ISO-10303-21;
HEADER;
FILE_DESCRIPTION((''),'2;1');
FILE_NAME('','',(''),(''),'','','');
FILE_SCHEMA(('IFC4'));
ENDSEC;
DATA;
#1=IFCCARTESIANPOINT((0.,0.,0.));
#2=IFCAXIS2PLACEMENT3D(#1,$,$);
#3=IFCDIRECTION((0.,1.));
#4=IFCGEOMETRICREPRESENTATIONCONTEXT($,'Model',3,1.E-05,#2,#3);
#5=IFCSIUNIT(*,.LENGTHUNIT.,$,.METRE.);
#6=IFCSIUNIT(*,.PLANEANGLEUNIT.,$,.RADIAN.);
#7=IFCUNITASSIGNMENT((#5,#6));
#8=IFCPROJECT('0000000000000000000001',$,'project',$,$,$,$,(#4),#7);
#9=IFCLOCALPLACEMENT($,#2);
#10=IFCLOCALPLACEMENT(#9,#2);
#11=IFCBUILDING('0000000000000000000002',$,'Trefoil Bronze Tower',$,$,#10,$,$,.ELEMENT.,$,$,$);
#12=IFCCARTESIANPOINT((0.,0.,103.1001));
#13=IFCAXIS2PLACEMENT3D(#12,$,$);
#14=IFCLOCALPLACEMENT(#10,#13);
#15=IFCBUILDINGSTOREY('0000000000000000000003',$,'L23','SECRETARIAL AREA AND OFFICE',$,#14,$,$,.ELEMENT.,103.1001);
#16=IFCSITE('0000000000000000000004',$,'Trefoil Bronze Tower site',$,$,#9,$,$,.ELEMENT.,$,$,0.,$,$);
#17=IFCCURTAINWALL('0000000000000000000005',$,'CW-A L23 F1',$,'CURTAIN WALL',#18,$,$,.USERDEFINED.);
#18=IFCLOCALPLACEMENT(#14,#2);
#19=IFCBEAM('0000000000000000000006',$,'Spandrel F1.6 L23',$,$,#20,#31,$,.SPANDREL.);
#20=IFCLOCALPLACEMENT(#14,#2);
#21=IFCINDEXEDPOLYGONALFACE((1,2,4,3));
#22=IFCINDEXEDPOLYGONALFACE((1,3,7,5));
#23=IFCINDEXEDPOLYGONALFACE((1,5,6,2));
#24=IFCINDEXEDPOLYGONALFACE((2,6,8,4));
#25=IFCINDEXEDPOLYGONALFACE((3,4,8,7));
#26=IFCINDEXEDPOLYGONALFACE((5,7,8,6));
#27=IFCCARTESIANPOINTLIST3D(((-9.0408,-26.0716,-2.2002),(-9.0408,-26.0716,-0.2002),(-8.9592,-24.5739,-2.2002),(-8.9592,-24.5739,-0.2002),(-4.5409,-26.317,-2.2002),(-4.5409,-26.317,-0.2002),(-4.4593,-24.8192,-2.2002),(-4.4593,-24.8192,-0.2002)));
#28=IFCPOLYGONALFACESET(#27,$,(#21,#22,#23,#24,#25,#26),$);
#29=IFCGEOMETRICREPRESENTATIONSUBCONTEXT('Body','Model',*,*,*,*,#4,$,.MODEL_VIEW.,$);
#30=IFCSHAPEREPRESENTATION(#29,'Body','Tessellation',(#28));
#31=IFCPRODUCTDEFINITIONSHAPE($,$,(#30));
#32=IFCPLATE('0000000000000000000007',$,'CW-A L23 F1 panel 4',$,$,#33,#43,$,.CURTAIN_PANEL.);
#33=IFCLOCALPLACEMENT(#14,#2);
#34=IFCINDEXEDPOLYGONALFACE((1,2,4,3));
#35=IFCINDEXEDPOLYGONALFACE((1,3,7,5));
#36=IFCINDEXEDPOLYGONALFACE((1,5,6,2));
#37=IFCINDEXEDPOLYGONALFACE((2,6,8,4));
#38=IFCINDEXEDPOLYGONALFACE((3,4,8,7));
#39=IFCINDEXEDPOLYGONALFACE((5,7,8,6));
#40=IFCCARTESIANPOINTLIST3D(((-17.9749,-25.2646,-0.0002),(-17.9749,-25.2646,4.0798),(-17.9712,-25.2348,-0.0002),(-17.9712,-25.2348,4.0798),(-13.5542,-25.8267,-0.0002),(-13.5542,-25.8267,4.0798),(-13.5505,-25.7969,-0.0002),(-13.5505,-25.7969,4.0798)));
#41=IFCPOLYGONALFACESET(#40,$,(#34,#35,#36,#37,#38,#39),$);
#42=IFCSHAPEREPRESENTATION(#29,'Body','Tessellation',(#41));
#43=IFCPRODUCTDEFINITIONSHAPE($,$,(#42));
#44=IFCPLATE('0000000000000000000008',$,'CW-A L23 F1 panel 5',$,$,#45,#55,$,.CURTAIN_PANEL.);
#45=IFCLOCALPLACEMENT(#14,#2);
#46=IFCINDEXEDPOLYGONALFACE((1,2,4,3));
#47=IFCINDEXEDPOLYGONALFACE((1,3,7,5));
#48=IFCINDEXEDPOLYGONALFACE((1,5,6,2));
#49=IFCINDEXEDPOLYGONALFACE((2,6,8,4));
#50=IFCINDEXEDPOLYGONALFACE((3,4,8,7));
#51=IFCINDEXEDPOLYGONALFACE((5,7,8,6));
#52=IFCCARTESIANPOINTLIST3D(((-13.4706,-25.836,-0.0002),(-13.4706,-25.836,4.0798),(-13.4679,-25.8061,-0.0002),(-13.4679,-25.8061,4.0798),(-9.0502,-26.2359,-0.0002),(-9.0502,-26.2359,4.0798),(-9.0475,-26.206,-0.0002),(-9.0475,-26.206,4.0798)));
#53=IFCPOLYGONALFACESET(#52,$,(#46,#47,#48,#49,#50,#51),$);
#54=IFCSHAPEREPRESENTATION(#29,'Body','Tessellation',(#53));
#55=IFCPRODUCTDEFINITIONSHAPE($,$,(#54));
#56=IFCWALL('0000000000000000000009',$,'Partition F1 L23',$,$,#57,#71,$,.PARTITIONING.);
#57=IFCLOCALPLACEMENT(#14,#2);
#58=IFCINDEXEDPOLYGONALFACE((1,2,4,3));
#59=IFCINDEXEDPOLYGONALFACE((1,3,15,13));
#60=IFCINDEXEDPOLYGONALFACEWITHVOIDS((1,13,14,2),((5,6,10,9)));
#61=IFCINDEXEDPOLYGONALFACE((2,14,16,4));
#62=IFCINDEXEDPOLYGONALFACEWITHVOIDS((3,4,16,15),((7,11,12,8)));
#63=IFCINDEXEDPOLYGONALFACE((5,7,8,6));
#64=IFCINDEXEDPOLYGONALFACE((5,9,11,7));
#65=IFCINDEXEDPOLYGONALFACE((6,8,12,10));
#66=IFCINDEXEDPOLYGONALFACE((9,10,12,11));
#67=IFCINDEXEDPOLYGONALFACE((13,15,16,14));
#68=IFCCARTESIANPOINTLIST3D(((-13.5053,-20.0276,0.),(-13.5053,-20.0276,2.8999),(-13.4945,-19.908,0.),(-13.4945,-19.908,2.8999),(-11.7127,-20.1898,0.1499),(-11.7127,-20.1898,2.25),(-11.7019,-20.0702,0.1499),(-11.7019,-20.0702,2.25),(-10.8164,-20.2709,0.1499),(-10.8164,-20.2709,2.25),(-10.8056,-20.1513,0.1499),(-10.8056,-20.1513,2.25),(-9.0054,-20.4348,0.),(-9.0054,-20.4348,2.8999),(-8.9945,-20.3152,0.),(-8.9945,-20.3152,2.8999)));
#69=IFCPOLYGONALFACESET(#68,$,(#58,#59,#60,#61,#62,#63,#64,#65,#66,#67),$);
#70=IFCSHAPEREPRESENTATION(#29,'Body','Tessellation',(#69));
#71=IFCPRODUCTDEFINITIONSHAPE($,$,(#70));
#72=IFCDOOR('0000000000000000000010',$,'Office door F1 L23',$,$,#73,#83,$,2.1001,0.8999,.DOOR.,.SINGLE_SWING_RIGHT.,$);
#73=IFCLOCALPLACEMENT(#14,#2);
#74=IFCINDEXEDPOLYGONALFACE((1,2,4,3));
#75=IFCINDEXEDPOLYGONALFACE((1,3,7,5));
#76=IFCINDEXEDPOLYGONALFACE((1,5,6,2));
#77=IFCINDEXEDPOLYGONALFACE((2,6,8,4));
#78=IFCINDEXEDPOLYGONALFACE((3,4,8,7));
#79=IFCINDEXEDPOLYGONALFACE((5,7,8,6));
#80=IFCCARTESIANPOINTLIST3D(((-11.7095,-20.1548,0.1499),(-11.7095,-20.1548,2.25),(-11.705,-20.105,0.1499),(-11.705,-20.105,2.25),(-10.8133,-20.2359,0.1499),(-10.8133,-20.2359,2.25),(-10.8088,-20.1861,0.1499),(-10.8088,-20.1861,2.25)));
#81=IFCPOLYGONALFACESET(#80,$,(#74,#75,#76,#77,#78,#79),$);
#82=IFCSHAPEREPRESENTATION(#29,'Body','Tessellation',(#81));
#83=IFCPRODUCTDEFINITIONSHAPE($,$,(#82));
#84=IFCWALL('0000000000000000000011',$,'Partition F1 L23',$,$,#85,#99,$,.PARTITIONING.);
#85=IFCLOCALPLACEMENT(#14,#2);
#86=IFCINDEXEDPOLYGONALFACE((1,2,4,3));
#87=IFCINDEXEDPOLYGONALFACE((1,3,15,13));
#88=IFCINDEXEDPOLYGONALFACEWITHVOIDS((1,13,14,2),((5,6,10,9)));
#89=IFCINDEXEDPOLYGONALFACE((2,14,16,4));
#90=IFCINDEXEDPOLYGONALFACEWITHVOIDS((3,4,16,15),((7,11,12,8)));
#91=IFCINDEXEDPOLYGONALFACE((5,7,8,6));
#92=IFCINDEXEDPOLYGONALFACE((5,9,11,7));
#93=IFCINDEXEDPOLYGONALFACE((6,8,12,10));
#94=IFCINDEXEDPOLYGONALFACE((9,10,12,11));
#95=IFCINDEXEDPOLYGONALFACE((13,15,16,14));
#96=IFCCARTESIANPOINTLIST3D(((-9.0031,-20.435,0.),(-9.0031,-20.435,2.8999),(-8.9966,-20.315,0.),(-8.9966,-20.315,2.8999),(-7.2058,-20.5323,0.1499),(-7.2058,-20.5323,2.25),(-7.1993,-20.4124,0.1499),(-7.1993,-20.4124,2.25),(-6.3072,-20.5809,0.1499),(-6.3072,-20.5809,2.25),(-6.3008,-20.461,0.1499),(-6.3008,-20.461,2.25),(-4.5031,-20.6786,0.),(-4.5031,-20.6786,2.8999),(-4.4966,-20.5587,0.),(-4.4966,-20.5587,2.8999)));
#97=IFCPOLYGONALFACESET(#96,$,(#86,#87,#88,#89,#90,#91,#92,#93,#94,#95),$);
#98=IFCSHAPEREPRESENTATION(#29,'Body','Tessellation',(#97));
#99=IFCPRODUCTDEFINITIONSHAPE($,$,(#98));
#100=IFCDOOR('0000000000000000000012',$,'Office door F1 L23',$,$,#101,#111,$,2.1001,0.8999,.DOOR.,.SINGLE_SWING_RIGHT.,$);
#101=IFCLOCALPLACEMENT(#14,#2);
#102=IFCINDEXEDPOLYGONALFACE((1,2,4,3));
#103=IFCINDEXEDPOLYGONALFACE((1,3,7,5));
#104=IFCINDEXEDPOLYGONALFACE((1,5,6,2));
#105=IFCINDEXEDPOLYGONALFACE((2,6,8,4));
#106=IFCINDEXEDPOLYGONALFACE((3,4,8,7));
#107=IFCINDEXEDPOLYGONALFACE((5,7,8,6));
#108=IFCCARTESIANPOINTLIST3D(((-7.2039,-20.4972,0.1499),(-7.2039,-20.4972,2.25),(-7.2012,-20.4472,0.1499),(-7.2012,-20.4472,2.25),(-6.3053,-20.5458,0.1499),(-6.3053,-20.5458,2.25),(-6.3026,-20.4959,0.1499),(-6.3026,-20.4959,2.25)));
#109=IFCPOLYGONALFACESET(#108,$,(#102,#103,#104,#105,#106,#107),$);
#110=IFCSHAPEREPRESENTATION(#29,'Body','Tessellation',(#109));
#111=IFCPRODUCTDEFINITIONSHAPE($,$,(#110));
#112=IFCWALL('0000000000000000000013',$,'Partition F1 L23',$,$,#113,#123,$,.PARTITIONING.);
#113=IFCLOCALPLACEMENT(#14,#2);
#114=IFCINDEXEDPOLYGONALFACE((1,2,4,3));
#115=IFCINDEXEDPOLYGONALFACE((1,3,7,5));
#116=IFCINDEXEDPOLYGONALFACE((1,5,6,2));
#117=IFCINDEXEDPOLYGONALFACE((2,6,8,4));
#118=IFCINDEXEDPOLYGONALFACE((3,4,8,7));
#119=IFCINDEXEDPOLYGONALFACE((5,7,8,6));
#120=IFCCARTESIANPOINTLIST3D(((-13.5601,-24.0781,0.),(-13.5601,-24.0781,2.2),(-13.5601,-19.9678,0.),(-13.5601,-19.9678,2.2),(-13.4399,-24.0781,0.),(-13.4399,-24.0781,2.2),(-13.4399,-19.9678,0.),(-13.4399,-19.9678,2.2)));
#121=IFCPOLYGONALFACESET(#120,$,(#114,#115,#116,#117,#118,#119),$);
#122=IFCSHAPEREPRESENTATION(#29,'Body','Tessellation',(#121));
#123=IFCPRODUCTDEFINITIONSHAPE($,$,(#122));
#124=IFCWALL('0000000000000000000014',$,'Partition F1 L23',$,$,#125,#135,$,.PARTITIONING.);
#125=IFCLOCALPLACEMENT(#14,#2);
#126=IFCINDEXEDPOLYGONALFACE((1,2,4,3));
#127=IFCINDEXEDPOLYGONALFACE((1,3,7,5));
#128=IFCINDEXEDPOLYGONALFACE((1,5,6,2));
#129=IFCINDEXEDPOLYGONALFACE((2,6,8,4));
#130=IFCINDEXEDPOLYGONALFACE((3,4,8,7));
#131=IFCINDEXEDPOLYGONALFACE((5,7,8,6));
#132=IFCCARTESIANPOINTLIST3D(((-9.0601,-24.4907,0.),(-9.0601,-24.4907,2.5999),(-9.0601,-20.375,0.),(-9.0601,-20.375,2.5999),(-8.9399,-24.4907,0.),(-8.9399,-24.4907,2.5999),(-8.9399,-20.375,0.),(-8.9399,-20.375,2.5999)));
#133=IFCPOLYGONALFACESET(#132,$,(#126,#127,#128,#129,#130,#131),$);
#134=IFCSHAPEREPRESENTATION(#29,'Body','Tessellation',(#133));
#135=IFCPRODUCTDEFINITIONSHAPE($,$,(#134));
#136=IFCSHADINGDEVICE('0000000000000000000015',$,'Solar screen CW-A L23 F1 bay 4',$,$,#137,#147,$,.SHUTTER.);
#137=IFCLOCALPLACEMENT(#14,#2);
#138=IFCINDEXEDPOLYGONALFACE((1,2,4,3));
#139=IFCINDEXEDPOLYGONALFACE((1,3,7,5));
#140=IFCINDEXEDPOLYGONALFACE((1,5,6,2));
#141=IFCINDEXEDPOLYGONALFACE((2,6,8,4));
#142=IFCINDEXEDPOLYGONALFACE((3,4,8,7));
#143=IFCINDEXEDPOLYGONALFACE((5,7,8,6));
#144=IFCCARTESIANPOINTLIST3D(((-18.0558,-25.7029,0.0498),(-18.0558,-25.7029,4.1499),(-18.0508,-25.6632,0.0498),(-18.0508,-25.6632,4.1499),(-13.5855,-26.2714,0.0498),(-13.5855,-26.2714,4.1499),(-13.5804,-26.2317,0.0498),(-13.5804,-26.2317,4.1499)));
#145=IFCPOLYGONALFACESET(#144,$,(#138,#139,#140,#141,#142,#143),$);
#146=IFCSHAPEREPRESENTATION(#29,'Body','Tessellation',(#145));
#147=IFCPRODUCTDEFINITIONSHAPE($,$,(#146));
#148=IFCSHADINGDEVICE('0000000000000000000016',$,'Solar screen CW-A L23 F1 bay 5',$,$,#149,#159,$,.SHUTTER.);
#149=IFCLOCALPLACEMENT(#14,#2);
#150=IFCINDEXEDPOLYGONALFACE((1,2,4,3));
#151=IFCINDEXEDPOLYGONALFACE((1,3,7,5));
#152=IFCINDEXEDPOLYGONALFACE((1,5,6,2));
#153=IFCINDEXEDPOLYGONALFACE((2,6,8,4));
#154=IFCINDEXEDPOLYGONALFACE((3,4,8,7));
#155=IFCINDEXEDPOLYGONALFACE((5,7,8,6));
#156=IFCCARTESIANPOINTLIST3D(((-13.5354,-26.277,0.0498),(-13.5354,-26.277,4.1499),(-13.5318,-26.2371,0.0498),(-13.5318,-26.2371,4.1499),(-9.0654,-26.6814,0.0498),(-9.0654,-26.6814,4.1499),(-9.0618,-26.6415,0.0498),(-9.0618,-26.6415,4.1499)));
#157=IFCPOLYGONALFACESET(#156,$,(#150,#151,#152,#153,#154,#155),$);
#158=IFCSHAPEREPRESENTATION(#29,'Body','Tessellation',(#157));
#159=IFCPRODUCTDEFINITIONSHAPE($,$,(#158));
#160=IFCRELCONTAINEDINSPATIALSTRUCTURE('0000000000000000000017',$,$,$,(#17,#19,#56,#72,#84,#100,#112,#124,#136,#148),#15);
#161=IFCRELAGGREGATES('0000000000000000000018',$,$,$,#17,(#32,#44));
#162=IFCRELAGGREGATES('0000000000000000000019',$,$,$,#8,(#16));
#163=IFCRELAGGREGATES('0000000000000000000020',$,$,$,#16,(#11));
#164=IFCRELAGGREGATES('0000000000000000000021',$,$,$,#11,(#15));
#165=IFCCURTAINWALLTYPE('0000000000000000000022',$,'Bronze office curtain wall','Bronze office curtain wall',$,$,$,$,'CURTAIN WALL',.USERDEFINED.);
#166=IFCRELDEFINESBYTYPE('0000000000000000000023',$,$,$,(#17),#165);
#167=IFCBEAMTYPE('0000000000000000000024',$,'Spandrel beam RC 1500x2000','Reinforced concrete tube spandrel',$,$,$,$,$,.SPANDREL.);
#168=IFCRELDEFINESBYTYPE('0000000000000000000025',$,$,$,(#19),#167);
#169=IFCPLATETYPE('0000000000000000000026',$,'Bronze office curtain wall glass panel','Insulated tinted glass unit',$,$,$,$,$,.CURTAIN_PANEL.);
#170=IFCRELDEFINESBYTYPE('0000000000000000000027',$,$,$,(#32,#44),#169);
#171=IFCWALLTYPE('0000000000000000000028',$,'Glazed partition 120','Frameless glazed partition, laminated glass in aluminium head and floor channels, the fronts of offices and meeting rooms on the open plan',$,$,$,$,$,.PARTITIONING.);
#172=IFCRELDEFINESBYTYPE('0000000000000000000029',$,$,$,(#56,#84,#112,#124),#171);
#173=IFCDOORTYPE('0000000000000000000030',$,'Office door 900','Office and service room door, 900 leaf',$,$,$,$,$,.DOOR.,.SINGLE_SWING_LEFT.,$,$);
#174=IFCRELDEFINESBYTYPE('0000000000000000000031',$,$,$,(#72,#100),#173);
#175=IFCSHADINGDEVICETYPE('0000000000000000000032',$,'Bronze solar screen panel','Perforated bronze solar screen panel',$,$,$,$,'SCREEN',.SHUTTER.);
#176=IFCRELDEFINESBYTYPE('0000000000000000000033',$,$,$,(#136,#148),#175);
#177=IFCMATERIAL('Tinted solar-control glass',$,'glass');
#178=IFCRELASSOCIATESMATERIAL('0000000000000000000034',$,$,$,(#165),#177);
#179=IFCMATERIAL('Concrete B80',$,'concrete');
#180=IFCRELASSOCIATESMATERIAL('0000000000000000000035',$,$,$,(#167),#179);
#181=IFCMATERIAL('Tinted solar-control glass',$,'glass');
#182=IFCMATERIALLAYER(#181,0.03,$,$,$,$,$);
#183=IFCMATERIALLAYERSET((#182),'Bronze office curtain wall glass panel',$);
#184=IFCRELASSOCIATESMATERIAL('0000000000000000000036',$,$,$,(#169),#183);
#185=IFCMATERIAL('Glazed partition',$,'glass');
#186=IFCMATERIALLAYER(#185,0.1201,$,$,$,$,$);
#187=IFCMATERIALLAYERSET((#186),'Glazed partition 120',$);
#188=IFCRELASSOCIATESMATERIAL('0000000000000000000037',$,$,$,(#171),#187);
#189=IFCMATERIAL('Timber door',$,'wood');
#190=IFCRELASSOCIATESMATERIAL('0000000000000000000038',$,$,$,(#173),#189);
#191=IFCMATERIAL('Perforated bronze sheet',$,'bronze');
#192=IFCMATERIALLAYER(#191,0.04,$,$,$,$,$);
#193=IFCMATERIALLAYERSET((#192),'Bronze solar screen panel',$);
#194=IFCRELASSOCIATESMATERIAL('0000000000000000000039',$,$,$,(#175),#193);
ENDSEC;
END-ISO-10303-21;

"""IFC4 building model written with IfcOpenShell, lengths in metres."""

from ifc_helpers import new_model, si_unit, direction, frame, frame_2d, origin, origin_2d, place, context, subcontext, project, spatial, rectangle, extrude, material, layer, layer_set, material_profile, profile_set, type_object, element, fill, aggregate, save


model = new_model("IFC4")

# Units and contexts
model_context = context("Model", 3, precision=1e-05, world=origin(), true_north=direction((0.0, 1.0)))
body_context = subcontext(model_context, "Body", "Model", "MODEL_VIEW")
ifc_project = project(units=[si_unit("LENGTHUNIT", "METRE"), si_unit("PLANEANGLEUNIT", "RADIAN")], contexts=[model_context])

# Site, building, storey
site_placement = place(None, origin())
site = spatial("IfcSite", under=ifc_project, at=site_placement, Name="Trefoil Bronze Tower site", CompositionType="ELEMENT", RefElevation=0.0)
building_placement = place(site_placement, origin())
building = spatial("IfcBuilding", under=site, at=building_placement, Name="Trefoil Bronze Tower", CompositionType="ELEMENT")
storey_placement = place(building_placement, frame((0.0, 0.0, 103.1001)))
storey = spatial("IfcBuildingStorey", under=building, at=storey_placement, Name="L23", Description="SECRETARIAL AREA AND OFFICE", CompositionType="ELEMENT", Elevation=103.1001)

# Curtain wall
ifc_material_1 = material(Name="Tinted solar-control glass", Category="glass")
curtain_wall_type = type_object("IfcCurtainWallType", Name="Bronze office curtain wall", Description="Bronze office curtain wall", ElementType="CURTAIN WALL", PredefinedType="USERDEFINED", material=ifc_material_1)
curtain_wall_placement = place(storey_placement, origin())
curtain_wall = element("IfcCurtainWall", 1, at=curtain_wall_placement, inside=storey, type_object=curtain_wall_type, Name="CW-A L23 F1", ObjectType="CURTAIN WALL", PredefinedType="USERDEFINED")

# Beam
ifc_material_2 = material(Name="Concrete B80", Category="concrete")
ifc_material_profile_1 = material_profile(ifc_material_2, rectangle(XDim=1.5, YDim=2.0, at=origin_2d()), Name="RC 1500x2000")
ifc_profile_set_1 = profile_set([ifc_material_profile_1], Name="Concrete B80")
beam_type_1 = type_object("IfcBeamType", Name="Spandrel beam RC 1500x2000", Description="Reinforced concrete tube spandrel", PredefinedType="SPANDREL", material=ifc_profile_set_1)
beam_1_placement = place(storey_placement, frame((-9.0, -25.3228, -1.2002), z_axis=(0.998517, -0.054444, 0.0), x_axis=(0.054444, 0.998517, 0.0)))
element("IfcBeam", 2, at=beam_1_placement, inside=storey, type_object=beam_type_1, Name="Spandrel F1.6 L23", PredefinedType="SPANDREL", context=body_context, shape_type="SweptSolid", body=[
    extrude(rectangle(XDim=1.5, YDim=2.0, at=origin_2d()), origin(), (0.0, 0.0, 1.0), 4.5066),
])

# Plates
ifc_material_3 = material(Name="Tinted solar-control glass", Category="glass")
ifc_layer_1 = layer(ifc_material_3, 0.03)
ifc_layer_set_1 = layer_set([ifc_layer_1], Name="Bronze office curtain wall glass panel")
plate_type = type_object("IfcPlateType", Name="Bronze office curtain wall glass panel", Description="Insulated tinted glass unit", PredefinedType="CURTAIN_PANEL", material=ifc_layer_set_1)
plate_1_placement = place(storey_placement, frame((-15.7627, -25.5308, -0.0002), z_axis=(0.0, 0.0, 1.0), x_axis=(0.992012, -0.126147, 0.0)))
plate_1 = element("IfcPlate", 3, at=plate_1_placement, type_object=plate_type, Name="CW-A L23 F1 panel 4", PredefinedType="CURTAIN_PANEL", context=body_context, shape_type="SweptSolid", body=[
    extrude(rectangle(XDim=4.4563, YDim=0.03, at=origin_2d()), origin(), (0.0, 0.0, 1.0), 4.0801),
])
plate_2_placement = place(storey_placement, frame((-11.259, -26.021, -0.0002), z_axis=(0.0, 0.0, 1.0), x_axis=(0.995932, -0.090105, 0.0)))
plate_2 = element("IfcPlate", 4, at=plate_2_placement, type_object=plate_type, Name="CW-A L23 F1 panel 5", PredefinedType="CURTAIN_PANEL", context=body_context, shape_type="SweptSolid", body=[
    extrude(rectangle(XDim=4.4385, YDim=0.03, at=origin_2d()), origin(), (0.0, 0.0, 1.0), 4.0801),
])
aggregate(curtain_wall, [plate_1, plate_2])

# Walls, openings, doors
ifc_material_4 = material(Name="Glazed partition", Category="glass")
ifc_layer_2 = layer(ifc_material_4, 0.1201)
ifc_layer_set_2 = layer_set([ifc_layer_2], Name="Glazed partition 120")
wall_type = type_object("IfcWallType", Name="Glazed partition 120", Description="Frameless glazed partition, laminated glass in aluminium head and floor channels, the fronts of offices and meeting rooms on the open plan", PredefinedType="PARTITIONING", material=ifc_layer_set_2)
wall_1_placement = place(storey_placement, frame((-13.5, -19.9678, 0.0), z_axis=(0.0, 0.0, 1.0), x_axis=(0.99593, -0.090127, 0.0)))
wall_1 = element("IfcWall", 5, at=wall_1_placement, inside=storey, type_object=wall_type, Name="Partition F1 L23", PredefinedType="PARTITIONING", context=body_context, shape_type="SweptSolid", body=[
    extrude(rectangle(XDim=4.5183, YDim=0.1201, at=frame_2d((2.2593, 0.0))), origin(), (0.0, 0.0, 1.0), 2.8999),
])
opening_1_placement = place(wall_1_placement, frame((1.8, 0.0, 0.1499)))
opening_1 = element("IfcOpeningElement", 6, at=opening_1_placement, cuts=wall_1, PredefinedType="OPENING", context=body_context, shape_type="SweptSolid", body=[
    extrude(rectangle(XDim=0.8999, YDim=2.1001, at=frame_2d((0.45, 1.05))), frame((0.0, 0.0701, 0.0), z_axis=(0.0, -1.0, 0.0), x_axis=(1.0, 0.0, 0.0)), (0.0, 0.0, 1.0), 0.1401),
])
ifc_material_5 = material(Name="Timber door", Category="wood")
door_type = type_object("IfcDoorType", Name="Office door 900", Description="Office and service room door, 900 leaf", OperationType="SINGLE_SWING_LEFT", PredefinedType="DOOR", material=ifc_material_5)
door_1_placement = place(opening_1_placement, frame((0.8999, 0.0, 0.0), z_axis=(0.0, 0.0, 1.0), x_axis=(-1.0, 0.0, 0.0)))
door_1 = element("IfcDoor", 7, at=door_1_placement, inside=storey, type_object=door_type, Name="Office door F1 L23", OperationType="SINGLE_SWING_RIGHT", OverallHeight=2.1001, OverallWidth=0.8999, PredefinedType="DOOR", context=body_context, shape_type="SweptSolid", body=[
    extrude(rectangle(XDim=0.8999, YDim=2.1001, at=frame_2d((0.45, 1.05))), frame((0.0, 0.0249, 0.0), z_axis=(0.0, -1.0, 0.0), x_axis=(1.0, 0.0, 0.0)), (0.0, 0.0, 1.0), 0.05),
])
fill(opening_1, door_1)
wall_2_placement = place(storey_placement, frame((-9.0, -20.375, 0.0), z_axis=(0.0, 0.0, 1.0), x_axis=(0.998537, -0.054066, 0.0)))
wall_2 = element("IfcWall", 8, at=wall_2_placement, inside=storey, type_object=wall_type, Name="Partition F1 L23", PredefinedType="PARTITIONING", context=body_context, shape_type="SweptSolid", body=[
    extrude(rectangle(XDim=4.5066, YDim=0.1201, at=frame_2d((2.2534, 0.0))), origin(), (0.0, 0.0, 1.0), 2.8999),
])
opening_2_placement = place(wall_2_placement, frame((1.8, 0.0, 0.1499)))
opening_2 = element("IfcOpeningElement", 9, at=opening_2_placement, cuts=wall_2, PredefinedType="OPENING", context=body_context, shape_type="SweptSolid", body=[
    extrude(rectangle(XDim=0.8999, YDim=2.1001, at=frame_2d((0.45, 1.05))), frame((0.0, 0.0701, 0.0), z_axis=(0.0, -1.0, 0.0), x_axis=(1.0, 0.0, 0.0)), (0.0, 0.0, 1.0), 0.1401),
])
door_2_placement = place(opening_2_placement, frame((0.8999, 0.0, 0.0), z_axis=(0.0, 0.0, 1.0), x_axis=(-1.0, 0.0, 0.0)))
door_2 = element("IfcDoor", 10, at=door_2_placement, inside=storey, type_object=door_type, Name="Office door F1 L23", OperationType="SINGLE_SWING_RIGHT", OverallHeight=2.1001, OverallWidth=0.8999, PredefinedType="DOOR", context=body_context, shape_type="SweptSolid", body=[
    extrude(rectangle(XDim=0.8999, YDim=2.1001, at=frame_2d((0.45, 1.05))), frame((0.0, 0.0249, 0.0), z_axis=(0.0, -1.0, 0.0), x_axis=(1.0, 0.0, 0.0)), (0.0, 0.0, 1.0), 0.05),
])
fill(opening_2, door_2)

# Walls
wall_3_placement = place(storey_placement, frame((-13.5, -19.9678, 0.0), z_axis=(0.0, 0.0, 1.0), x_axis=(0.0, -1.0, 0.0)))
element("IfcWall", 11, at=wall_3_placement, inside=storey, type_object=wall_type, Name="Partition F1 L23", PredefinedType="PARTITIONING", context=body_context, shape_type="SweptSolid", body=[
    extrude(rectangle(XDim=4.1104, YDim=0.1201, at=frame_2d((2.0552, 0.0))), origin(), (0.0, 0.0, 1.0), 2.2),
])
wall_4_placement = place(storey_placement, frame((-9.0, -20.375, 0.0), z_axis=(0.0, 0.0, 1.0), x_axis=(0.0, -1.0, 0.0)))
element("IfcWall", 12, at=wall_4_placement, inside=storey, type_object=wall_type, Name="Partition F1 L23", PredefinedType="PARTITIONING", context=body_context, shape_type="SweptSolid", body=[
    extrude(rectangle(XDim=4.1157, YDim=0.1201, at=frame_2d((2.0579, 0.0))), origin(), (0.0, 0.0, 1.0), 2.5999),
])

# Shading devices
ifc_material_6 = material(Name="Perforated bronze sheet", Category="bronze")
ifc_layer_3 = layer(ifc_material_6, 0.04)
ifc_layer_set_3 = layer_set([ifc_layer_3], Name="Bronze solar screen panel")
shading_device_type = type_object("IfcShadingDeviceType", Name="Bronze solar screen panel", Description="Perforated bronze solar screen panel", ElementType="SCREEN", PredefinedType="SHUTTER", material=ifc_layer_set_3)
shading_device_1_placement = place(storey_placement, frame((-15.8181, -25.9673, 0.0498), z_axis=(0.0, 0.0, 1.0), x_axis=(0.992012, -0.126147, 0.0)))
element("IfcShadingDevice", 13, at=shading_device_1_placement, inside=storey, type_object=shading_device_type, Name="Solar screen CW-A L23 F1 bay 4", PredefinedType="SHUTTER", context=body_context, shape_type="SweptSolid", body=[
    extrude(rectangle(XDim=4.5063, YDim=0.04, at=origin_2d()), origin(), (0.0, 0.0, 1.0), 4.1001),
])
shading_device_2_placement = place(storey_placement, frame((-11.2986, -26.4592, 0.0498), z_axis=(0.0, 0.0, 1.0), x_axis=(0.995932, -0.090105, 0.0)))
element("IfcShadingDevice", 14, at=shading_device_2_placement, inside=storey, type_object=shading_device_type, Name="Solar screen CW-A L23 F1 bay 5", PredefinedType="SHUTTER", context=body_context, shape_type="SweptSolid", body=[
    extrude(rectangle(XDim=4.4883, YDim=0.04, at=origin_2d()), origin(), (0.0, 0.0, 1.0), 4.1001),
])

save(model, "model.ifc")
